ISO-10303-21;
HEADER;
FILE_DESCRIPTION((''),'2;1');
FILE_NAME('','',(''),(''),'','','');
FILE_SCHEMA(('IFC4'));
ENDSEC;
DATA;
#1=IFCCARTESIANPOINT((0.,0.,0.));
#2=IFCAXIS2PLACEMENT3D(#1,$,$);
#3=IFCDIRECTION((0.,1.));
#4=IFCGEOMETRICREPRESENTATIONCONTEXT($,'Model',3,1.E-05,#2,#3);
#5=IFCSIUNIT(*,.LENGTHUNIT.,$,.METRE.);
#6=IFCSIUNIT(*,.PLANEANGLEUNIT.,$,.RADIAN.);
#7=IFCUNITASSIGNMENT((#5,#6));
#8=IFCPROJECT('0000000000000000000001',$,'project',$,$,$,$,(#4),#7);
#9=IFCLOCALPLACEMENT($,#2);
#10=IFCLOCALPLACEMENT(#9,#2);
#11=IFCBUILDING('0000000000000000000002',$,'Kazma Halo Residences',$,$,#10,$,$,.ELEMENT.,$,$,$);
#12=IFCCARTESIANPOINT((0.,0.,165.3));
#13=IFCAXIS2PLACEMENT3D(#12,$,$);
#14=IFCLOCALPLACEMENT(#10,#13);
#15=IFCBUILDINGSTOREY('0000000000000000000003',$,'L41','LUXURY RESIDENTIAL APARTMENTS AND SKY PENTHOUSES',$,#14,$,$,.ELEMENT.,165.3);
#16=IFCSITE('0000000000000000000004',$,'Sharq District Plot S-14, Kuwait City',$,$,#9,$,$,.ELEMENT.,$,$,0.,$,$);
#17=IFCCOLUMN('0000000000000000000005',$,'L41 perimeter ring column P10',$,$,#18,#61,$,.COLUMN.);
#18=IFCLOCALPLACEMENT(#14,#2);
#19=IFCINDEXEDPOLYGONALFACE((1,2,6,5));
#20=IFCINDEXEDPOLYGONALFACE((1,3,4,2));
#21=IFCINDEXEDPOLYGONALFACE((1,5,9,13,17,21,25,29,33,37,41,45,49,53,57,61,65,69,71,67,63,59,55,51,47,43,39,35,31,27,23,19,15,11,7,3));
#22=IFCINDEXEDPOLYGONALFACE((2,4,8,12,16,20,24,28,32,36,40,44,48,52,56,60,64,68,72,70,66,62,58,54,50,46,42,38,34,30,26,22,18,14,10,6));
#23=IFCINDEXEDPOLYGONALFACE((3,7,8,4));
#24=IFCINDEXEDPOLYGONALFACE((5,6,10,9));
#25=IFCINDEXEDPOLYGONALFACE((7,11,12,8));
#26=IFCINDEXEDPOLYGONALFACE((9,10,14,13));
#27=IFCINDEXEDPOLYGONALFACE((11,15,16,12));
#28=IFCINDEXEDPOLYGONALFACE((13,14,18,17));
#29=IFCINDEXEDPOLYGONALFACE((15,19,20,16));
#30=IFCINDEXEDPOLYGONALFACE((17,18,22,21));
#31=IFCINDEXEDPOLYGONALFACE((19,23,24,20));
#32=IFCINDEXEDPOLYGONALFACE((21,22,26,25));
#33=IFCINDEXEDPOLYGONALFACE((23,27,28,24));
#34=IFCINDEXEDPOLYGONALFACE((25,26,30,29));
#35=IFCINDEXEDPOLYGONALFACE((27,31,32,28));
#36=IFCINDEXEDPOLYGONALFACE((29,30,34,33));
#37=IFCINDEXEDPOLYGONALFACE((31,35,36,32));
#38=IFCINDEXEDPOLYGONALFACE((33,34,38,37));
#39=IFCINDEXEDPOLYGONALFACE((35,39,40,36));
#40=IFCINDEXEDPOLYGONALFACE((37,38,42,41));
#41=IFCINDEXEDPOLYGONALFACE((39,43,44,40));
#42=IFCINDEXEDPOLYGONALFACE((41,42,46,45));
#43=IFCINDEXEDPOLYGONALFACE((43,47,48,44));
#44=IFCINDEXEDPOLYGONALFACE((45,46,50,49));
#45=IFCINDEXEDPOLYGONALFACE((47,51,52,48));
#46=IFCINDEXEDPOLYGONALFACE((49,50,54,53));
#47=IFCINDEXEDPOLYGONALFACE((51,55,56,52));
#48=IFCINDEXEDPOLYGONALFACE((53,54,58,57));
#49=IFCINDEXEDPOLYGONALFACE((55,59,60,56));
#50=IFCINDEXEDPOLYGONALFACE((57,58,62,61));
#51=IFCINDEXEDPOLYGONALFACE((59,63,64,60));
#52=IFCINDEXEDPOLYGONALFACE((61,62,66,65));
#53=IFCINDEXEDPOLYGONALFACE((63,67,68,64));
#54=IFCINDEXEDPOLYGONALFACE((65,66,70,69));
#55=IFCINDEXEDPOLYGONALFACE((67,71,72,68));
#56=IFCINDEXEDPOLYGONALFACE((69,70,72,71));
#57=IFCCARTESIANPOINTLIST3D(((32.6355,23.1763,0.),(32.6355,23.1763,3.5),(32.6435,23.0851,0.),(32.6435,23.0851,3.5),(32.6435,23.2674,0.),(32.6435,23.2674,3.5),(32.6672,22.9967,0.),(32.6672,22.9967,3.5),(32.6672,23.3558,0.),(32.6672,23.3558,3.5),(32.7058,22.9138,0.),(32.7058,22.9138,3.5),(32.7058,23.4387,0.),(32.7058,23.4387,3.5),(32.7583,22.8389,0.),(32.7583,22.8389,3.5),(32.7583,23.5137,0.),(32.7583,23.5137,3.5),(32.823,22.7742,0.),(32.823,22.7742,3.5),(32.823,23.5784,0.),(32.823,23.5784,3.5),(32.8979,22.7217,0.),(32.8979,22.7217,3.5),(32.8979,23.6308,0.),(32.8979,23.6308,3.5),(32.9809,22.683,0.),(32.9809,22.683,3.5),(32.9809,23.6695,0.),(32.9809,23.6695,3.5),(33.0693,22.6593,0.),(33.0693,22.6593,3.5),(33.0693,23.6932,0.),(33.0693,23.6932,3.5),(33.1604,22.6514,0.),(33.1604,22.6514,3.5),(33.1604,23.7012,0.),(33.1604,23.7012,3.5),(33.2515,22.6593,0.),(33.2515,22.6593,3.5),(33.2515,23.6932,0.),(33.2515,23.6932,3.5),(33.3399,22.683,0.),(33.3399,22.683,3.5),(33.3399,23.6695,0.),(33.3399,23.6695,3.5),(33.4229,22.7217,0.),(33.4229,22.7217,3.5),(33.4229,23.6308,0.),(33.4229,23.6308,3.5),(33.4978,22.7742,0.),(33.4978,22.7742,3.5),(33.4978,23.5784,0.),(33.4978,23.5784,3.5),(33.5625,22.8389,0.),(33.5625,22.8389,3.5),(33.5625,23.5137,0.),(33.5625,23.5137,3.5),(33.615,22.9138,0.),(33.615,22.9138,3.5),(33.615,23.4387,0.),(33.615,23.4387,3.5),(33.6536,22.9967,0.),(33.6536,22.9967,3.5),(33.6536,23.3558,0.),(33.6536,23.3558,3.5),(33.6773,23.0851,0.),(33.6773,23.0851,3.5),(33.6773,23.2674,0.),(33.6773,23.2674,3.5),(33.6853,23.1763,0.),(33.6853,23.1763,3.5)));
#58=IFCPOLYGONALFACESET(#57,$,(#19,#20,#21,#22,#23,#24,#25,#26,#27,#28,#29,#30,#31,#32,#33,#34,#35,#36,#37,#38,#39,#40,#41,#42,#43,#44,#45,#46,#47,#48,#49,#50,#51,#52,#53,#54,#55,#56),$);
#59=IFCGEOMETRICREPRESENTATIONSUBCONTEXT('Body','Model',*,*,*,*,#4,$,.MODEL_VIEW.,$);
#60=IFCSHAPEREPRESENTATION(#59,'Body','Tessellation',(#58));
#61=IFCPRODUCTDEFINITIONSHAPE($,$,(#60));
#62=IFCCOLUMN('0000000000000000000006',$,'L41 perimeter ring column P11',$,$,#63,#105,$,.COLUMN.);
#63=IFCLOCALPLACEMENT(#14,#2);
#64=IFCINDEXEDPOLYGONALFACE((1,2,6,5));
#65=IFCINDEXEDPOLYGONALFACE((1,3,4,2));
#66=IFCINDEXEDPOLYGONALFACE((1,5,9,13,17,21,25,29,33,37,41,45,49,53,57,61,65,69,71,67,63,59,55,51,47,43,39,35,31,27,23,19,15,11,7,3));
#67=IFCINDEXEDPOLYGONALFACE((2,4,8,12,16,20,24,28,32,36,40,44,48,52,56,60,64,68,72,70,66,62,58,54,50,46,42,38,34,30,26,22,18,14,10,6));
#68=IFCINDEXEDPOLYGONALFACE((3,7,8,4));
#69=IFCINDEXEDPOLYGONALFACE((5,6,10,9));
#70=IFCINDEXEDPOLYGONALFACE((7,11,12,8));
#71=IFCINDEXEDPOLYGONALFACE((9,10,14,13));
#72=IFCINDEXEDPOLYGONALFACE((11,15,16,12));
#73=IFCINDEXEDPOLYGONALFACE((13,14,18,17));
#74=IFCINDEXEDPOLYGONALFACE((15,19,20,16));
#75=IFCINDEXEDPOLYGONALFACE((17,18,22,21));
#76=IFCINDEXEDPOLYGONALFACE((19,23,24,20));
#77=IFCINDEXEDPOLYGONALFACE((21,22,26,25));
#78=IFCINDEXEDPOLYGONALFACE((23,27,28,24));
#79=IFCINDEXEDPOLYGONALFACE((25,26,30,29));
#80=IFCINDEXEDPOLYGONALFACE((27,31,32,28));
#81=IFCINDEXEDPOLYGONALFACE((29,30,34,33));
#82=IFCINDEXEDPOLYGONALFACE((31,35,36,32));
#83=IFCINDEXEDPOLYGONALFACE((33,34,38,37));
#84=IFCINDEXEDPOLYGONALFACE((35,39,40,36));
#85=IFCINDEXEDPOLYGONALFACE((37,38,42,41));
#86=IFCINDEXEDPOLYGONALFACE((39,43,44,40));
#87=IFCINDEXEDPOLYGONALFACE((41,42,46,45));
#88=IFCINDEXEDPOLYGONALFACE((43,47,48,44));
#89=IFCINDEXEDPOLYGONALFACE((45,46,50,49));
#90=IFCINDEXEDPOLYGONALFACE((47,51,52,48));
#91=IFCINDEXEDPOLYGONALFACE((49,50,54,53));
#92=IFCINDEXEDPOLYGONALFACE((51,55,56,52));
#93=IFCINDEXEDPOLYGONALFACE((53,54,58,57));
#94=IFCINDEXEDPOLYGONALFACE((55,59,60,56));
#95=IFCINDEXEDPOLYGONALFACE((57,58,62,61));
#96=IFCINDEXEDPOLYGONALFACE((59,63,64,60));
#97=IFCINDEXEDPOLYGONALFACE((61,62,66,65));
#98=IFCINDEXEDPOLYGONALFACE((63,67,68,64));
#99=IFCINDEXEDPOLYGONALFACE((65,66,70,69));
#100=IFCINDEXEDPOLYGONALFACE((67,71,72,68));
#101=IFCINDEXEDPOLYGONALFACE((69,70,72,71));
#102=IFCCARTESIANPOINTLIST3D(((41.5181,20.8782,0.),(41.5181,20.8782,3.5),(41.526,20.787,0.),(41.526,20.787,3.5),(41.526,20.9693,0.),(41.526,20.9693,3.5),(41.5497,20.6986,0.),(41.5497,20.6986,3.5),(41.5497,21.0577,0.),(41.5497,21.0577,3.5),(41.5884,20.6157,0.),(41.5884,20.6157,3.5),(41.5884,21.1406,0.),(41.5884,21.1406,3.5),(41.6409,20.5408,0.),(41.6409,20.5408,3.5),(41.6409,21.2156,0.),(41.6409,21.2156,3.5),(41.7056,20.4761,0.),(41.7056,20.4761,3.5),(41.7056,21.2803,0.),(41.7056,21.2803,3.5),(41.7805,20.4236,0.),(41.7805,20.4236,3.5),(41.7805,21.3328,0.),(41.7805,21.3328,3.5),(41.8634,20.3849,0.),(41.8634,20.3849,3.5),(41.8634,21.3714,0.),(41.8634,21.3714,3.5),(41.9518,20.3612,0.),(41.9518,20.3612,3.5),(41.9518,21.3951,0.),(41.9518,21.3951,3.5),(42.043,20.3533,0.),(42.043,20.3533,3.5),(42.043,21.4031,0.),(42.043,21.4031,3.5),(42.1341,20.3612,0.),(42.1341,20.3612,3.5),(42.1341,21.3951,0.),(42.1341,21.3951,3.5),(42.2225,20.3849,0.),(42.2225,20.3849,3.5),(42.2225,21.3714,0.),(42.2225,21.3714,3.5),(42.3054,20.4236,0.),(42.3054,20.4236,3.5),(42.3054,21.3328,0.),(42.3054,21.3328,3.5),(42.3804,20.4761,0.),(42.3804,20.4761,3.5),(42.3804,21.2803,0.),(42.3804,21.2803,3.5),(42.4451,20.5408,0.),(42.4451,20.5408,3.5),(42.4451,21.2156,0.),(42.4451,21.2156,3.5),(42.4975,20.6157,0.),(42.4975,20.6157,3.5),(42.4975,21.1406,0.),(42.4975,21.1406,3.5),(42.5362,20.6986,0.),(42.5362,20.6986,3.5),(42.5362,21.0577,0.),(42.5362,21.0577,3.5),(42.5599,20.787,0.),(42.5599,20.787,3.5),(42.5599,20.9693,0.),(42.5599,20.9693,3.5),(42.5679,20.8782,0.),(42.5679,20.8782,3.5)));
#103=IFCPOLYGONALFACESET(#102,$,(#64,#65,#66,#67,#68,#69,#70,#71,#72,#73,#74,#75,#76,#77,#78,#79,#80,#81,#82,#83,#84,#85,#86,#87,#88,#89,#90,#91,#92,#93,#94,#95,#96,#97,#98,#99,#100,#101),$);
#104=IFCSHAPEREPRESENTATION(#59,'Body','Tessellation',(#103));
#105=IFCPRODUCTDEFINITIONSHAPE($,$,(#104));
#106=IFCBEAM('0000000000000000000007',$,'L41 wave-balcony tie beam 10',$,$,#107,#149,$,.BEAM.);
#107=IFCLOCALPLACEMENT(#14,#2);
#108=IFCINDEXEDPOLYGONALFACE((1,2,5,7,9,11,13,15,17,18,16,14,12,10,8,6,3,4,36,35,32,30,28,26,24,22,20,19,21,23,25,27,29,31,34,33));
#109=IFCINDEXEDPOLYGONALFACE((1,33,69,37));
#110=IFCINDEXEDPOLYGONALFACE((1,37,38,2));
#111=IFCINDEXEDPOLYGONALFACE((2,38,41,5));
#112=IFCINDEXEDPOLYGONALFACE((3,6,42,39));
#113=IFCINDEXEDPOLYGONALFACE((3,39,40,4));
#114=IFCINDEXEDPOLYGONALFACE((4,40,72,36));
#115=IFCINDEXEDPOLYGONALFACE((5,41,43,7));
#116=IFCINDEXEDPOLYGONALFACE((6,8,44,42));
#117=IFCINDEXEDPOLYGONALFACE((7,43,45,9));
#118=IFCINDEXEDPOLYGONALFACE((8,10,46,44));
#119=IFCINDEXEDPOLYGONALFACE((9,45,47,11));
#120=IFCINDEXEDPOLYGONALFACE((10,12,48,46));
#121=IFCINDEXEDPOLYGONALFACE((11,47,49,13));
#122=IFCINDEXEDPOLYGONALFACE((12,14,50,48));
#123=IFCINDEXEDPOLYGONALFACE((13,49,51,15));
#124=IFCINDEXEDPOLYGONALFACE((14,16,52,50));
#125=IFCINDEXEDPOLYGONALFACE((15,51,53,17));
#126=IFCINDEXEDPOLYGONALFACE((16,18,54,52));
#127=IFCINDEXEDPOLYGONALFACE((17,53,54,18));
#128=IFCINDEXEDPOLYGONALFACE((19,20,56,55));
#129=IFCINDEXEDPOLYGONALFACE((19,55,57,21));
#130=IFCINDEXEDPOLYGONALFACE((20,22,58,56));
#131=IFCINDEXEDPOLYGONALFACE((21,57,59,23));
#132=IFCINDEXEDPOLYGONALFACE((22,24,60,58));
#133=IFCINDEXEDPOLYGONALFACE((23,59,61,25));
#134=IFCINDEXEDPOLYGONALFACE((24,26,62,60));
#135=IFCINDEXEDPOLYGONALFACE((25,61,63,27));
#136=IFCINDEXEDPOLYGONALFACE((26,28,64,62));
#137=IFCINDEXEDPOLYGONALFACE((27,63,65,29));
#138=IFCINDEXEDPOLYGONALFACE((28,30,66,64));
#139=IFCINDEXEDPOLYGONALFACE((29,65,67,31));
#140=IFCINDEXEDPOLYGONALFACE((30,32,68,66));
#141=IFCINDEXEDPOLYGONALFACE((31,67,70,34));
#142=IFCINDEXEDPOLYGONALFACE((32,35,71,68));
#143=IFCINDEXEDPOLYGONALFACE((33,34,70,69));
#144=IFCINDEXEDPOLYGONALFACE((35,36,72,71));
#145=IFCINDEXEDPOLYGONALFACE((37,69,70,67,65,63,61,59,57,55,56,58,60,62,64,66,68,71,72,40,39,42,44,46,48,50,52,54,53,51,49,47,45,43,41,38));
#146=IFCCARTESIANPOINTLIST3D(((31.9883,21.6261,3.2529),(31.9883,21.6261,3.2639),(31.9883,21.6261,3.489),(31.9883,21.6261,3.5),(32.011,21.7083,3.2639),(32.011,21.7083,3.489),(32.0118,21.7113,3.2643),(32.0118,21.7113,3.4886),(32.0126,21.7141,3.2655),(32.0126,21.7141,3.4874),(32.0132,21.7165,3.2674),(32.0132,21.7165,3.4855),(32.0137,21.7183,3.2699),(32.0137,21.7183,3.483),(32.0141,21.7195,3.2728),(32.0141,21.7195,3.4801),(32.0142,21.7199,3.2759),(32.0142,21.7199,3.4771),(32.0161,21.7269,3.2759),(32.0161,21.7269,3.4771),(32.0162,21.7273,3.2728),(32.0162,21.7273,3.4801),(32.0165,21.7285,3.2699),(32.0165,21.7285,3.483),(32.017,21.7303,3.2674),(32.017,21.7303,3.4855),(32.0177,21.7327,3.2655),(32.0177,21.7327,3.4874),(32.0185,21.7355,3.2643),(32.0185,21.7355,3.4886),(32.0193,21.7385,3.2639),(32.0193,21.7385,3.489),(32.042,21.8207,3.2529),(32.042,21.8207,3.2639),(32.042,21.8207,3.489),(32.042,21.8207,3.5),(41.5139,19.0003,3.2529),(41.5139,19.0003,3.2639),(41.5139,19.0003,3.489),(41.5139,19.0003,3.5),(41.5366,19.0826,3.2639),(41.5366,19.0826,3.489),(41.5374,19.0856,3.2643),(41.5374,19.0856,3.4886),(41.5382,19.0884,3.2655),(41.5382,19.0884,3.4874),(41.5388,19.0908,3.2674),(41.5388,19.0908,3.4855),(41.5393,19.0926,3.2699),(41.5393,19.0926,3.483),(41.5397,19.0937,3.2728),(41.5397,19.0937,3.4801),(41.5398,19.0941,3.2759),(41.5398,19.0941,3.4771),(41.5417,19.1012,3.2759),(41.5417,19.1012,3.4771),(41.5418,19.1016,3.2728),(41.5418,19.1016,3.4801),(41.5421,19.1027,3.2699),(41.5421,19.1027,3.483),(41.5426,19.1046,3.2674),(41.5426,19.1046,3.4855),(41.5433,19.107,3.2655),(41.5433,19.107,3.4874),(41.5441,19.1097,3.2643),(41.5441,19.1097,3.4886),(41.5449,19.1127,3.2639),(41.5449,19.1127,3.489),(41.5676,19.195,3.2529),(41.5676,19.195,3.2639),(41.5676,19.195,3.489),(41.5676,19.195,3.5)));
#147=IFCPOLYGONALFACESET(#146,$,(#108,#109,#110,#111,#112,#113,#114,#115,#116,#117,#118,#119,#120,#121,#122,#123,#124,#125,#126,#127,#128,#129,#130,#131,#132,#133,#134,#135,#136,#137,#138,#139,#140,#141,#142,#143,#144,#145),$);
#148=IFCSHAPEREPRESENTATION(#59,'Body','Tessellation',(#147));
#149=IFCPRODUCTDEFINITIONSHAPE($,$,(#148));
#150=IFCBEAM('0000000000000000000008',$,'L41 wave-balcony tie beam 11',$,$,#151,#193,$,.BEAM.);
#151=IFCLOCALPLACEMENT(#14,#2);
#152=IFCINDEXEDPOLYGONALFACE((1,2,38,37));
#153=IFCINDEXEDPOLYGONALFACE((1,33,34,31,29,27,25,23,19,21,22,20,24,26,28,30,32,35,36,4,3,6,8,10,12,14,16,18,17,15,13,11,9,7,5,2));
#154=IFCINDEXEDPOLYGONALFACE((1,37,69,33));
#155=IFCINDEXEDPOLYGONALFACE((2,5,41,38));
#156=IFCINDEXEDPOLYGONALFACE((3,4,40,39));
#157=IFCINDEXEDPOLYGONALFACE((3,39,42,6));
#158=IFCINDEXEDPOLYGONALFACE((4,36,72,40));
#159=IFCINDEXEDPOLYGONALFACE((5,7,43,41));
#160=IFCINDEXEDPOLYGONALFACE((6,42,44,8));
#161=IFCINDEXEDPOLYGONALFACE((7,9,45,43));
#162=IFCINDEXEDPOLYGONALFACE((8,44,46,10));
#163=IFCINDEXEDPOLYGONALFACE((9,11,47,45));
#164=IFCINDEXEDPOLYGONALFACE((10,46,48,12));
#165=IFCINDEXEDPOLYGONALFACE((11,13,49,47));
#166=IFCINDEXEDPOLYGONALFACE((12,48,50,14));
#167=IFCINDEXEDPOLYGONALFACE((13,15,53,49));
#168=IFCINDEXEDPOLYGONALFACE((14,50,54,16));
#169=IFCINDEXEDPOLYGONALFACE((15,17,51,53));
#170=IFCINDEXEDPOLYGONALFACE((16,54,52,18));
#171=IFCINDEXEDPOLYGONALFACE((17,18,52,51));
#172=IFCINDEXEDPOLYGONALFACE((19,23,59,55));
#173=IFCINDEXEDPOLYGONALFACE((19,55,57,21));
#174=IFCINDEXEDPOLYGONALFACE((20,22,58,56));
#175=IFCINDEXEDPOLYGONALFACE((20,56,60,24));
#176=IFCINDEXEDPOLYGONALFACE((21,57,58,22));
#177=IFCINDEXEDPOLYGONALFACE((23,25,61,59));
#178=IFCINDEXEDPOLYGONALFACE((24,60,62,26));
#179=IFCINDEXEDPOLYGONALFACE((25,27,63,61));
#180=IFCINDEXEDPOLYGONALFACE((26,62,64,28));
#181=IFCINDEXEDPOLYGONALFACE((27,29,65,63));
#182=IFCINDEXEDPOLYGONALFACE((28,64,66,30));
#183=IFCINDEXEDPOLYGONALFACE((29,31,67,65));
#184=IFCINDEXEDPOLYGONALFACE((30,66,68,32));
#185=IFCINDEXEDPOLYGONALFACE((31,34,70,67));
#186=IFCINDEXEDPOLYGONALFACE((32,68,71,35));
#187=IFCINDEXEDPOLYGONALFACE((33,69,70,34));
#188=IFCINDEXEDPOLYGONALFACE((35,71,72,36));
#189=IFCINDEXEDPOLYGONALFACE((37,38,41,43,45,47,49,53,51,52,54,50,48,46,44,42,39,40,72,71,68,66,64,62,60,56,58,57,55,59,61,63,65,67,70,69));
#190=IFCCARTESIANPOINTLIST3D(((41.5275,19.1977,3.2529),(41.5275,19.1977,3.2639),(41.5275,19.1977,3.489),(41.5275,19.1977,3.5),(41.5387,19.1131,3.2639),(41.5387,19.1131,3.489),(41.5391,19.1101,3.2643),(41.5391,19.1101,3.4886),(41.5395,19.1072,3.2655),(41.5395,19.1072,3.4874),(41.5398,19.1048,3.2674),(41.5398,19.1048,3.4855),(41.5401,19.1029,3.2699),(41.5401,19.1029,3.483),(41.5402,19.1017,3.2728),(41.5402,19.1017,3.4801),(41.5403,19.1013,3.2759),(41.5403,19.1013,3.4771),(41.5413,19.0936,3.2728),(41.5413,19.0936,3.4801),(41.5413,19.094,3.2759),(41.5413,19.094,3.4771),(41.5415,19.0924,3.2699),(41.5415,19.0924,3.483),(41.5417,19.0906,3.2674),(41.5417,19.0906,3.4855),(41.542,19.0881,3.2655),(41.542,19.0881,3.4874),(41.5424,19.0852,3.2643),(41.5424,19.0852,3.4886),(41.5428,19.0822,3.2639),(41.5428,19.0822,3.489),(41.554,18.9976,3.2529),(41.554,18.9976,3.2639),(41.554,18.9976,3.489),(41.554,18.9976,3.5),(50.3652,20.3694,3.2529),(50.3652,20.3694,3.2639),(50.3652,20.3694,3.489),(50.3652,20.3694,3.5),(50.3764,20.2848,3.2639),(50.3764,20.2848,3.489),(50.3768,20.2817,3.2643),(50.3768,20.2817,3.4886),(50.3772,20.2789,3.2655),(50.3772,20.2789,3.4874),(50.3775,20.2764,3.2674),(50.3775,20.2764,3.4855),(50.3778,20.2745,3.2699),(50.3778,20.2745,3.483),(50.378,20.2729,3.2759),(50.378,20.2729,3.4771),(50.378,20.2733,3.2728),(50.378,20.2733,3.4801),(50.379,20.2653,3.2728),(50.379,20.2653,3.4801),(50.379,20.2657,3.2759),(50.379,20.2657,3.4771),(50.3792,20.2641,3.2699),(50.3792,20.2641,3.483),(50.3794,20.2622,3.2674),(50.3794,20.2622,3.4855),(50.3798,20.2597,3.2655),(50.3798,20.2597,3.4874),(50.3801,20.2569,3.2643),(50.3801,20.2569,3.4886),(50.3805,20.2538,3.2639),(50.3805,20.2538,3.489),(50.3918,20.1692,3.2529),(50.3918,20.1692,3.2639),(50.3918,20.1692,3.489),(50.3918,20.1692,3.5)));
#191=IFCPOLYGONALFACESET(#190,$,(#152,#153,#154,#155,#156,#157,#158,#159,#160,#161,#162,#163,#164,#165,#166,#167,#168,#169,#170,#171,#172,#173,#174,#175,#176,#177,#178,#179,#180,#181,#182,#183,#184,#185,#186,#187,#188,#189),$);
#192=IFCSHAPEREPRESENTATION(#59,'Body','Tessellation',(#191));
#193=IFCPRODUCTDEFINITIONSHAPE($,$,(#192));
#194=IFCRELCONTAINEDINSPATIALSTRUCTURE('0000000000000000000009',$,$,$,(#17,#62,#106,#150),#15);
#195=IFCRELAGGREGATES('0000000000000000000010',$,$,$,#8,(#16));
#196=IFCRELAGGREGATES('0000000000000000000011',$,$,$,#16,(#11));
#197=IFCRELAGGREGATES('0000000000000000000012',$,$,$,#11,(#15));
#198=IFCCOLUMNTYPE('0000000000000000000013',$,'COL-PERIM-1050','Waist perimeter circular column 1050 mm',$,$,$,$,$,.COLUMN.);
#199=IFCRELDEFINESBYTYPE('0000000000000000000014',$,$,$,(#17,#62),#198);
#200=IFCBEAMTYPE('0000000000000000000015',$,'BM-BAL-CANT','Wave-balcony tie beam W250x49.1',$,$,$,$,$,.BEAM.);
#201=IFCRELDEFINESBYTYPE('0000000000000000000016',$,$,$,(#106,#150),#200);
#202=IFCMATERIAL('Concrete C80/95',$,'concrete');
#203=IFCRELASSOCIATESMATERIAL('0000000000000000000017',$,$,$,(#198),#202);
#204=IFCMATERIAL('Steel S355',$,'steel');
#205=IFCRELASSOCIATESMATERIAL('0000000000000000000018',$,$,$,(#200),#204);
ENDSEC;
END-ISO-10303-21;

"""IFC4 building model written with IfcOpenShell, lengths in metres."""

from ifc_helpers import new_model, si_unit, direction, frame, origin, origin_2d, place, context, subcontext, project, spatial, circle, i_section, extrude, material, material_profile, profile_set, type_object, element, save


model = new_model("IFC4")

# Units and contexts
model_context = context("Model", 3, precision=1e-05, world=origin(), true_north=direction((0.0, 1.0)))
body_context = subcontext(model_context, "Body", "Model", "MODEL_VIEW")
ifc_project = project(units=[si_unit("LENGTHUNIT", "METRE"), si_unit("PLANEANGLEUNIT", "RADIAN")], contexts=[model_context])

# Site, building, storey
site_placement = place(None, origin())
site = spatial("IfcSite", under=ifc_project, at=site_placement, Name="Sharq District Plot S-14, Kuwait City", CompositionType="ELEMENT", RefElevation=0.0)
building_placement = place(site_placement, origin())
building = spatial("IfcBuilding", under=site, at=building_placement, Name="Kazma Halo Residences", CompositionType="ELEMENT")
storey_placement = place(building_placement, frame((0.0, 0.0, 165.3)))
storey = spatial("IfcBuildingStorey", under=building, at=storey_placement, Name="L41", Description="LUXURY RESIDENTIAL APARTMENTS AND SKY PENTHOUSES", CompositionType="ELEMENT", Elevation=165.3)

# Columns
ifc_material_1 = material(Name="Concrete C80/95", Category="concrete")
ifc_material_profile_1 = material_profile(ifc_material_1, circle(Radius=0.5249, at=origin_2d()), Name="CIRC1050")
ifc_profile_set_1 = profile_set([ifc_material_profile_1], Name="Concrete C80/95")
column_type = type_object("IfcColumnType", Name="COL-PERIM-1050", Description="Waist perimeter circular column 1050 mm", PredefinedType="COLUMN", material=ifc_profile_set_1)
for number, where, z_axis, x_axis, name in (
    (1, (33.1604, 23.1763, 0.0), (0.0, 0.0, 1.0), (1.0, 0.0, 0.0), "L41 perimeter ring column P10"),
    (2, (42.043, 20.8782, 0.0), (0.0, 0.0, 1.0), (1.0, 0.0, 0.0), "L41 perimeter ring column P11"),
):
    element("IfcColumn", number, at=place(storey_placement, frame(where, z_axis=z_axis, x_axis=x_axis)), inside=storey, type_object=column_type, Name=name, PredefinedType="COLUMN", context=body_context, shape_type="SweptSolid", body=[
        extrude(circle(Radius=0.5249, at=origin_2d()), origin(), (0.0, 0.0, 1.0), 3.5),
    ])

# Beams
ifc_material_2 = material(Name="Steel S355", Category="steel")
ifc_material_profile_2 = material_profile(ifc_material_2, i_section(OverallWidth=0.2019, OverallDepth=0.2471, WebThickness=0.0073, FlangeThickness=0.011, FilletRadius=0.012, at=origin_2d()), Name="W250x49.1")
ifc_profile_set_2 = profile_set([ifc_material_profile_2], Name="Steel S355")
beam_type_1 = type_object("IfcBeamType", Name="BM-BAL-CANT", Description="Wave-balcony tie beam W250x49.1", PredefinedType="BEAM", material=ifc_profile_set_2)
beam_1_placement = place(storey_placement, frame((32.0151, 21.7234, 3.3765), z_axis=(0.964045, -0.265738, 0.0), x_axis=(0.265738, 0.964045, 0.0)))
element("IfcBeam", 3, at=beam_1_placement, inside=storey, type_object=beam_type_1, Name="L41 wave-balcony tie beam 10", PredefinedType="BEAM", context=body_context, shape_type="SweptSolid", body=[
    extrude(i_section(OverallWidth=0.2019, OverallDepth=0.2471, WebThickness=0.0073, FlangeThickness=0.011, FilletRadius=0.012, at=origin_2d()), origin(), (0.0, 0.0, 1.0), 9.8809),
])
beam_2_placement = place(storey_placement, frame((41.5408, 19.0977, 3.3765), z_axis=(0.991326, 0.131423, 0.0), x_axis=(-0.131423, 0.991326, 0.0)))
element("IfcBeam", 4, at=beam_2_placement, inside=storey, type_object=beam_type_1, Name="L41 wave-balcony tie beam 11", PredefinedType="BEAM", context=body_context, shape_type="SweptSolid", body=[
    extrude(i_section(OverallWidth=0.2019, OverallDepth=0.2471, WebThickness=0.0073, FlangeThickness=0.011, FilletRadius=0.012, at=origin_2d()), origin(), (0.0, 0.0, 1.0), 8.915),
])

save(model, "model.ifc")
